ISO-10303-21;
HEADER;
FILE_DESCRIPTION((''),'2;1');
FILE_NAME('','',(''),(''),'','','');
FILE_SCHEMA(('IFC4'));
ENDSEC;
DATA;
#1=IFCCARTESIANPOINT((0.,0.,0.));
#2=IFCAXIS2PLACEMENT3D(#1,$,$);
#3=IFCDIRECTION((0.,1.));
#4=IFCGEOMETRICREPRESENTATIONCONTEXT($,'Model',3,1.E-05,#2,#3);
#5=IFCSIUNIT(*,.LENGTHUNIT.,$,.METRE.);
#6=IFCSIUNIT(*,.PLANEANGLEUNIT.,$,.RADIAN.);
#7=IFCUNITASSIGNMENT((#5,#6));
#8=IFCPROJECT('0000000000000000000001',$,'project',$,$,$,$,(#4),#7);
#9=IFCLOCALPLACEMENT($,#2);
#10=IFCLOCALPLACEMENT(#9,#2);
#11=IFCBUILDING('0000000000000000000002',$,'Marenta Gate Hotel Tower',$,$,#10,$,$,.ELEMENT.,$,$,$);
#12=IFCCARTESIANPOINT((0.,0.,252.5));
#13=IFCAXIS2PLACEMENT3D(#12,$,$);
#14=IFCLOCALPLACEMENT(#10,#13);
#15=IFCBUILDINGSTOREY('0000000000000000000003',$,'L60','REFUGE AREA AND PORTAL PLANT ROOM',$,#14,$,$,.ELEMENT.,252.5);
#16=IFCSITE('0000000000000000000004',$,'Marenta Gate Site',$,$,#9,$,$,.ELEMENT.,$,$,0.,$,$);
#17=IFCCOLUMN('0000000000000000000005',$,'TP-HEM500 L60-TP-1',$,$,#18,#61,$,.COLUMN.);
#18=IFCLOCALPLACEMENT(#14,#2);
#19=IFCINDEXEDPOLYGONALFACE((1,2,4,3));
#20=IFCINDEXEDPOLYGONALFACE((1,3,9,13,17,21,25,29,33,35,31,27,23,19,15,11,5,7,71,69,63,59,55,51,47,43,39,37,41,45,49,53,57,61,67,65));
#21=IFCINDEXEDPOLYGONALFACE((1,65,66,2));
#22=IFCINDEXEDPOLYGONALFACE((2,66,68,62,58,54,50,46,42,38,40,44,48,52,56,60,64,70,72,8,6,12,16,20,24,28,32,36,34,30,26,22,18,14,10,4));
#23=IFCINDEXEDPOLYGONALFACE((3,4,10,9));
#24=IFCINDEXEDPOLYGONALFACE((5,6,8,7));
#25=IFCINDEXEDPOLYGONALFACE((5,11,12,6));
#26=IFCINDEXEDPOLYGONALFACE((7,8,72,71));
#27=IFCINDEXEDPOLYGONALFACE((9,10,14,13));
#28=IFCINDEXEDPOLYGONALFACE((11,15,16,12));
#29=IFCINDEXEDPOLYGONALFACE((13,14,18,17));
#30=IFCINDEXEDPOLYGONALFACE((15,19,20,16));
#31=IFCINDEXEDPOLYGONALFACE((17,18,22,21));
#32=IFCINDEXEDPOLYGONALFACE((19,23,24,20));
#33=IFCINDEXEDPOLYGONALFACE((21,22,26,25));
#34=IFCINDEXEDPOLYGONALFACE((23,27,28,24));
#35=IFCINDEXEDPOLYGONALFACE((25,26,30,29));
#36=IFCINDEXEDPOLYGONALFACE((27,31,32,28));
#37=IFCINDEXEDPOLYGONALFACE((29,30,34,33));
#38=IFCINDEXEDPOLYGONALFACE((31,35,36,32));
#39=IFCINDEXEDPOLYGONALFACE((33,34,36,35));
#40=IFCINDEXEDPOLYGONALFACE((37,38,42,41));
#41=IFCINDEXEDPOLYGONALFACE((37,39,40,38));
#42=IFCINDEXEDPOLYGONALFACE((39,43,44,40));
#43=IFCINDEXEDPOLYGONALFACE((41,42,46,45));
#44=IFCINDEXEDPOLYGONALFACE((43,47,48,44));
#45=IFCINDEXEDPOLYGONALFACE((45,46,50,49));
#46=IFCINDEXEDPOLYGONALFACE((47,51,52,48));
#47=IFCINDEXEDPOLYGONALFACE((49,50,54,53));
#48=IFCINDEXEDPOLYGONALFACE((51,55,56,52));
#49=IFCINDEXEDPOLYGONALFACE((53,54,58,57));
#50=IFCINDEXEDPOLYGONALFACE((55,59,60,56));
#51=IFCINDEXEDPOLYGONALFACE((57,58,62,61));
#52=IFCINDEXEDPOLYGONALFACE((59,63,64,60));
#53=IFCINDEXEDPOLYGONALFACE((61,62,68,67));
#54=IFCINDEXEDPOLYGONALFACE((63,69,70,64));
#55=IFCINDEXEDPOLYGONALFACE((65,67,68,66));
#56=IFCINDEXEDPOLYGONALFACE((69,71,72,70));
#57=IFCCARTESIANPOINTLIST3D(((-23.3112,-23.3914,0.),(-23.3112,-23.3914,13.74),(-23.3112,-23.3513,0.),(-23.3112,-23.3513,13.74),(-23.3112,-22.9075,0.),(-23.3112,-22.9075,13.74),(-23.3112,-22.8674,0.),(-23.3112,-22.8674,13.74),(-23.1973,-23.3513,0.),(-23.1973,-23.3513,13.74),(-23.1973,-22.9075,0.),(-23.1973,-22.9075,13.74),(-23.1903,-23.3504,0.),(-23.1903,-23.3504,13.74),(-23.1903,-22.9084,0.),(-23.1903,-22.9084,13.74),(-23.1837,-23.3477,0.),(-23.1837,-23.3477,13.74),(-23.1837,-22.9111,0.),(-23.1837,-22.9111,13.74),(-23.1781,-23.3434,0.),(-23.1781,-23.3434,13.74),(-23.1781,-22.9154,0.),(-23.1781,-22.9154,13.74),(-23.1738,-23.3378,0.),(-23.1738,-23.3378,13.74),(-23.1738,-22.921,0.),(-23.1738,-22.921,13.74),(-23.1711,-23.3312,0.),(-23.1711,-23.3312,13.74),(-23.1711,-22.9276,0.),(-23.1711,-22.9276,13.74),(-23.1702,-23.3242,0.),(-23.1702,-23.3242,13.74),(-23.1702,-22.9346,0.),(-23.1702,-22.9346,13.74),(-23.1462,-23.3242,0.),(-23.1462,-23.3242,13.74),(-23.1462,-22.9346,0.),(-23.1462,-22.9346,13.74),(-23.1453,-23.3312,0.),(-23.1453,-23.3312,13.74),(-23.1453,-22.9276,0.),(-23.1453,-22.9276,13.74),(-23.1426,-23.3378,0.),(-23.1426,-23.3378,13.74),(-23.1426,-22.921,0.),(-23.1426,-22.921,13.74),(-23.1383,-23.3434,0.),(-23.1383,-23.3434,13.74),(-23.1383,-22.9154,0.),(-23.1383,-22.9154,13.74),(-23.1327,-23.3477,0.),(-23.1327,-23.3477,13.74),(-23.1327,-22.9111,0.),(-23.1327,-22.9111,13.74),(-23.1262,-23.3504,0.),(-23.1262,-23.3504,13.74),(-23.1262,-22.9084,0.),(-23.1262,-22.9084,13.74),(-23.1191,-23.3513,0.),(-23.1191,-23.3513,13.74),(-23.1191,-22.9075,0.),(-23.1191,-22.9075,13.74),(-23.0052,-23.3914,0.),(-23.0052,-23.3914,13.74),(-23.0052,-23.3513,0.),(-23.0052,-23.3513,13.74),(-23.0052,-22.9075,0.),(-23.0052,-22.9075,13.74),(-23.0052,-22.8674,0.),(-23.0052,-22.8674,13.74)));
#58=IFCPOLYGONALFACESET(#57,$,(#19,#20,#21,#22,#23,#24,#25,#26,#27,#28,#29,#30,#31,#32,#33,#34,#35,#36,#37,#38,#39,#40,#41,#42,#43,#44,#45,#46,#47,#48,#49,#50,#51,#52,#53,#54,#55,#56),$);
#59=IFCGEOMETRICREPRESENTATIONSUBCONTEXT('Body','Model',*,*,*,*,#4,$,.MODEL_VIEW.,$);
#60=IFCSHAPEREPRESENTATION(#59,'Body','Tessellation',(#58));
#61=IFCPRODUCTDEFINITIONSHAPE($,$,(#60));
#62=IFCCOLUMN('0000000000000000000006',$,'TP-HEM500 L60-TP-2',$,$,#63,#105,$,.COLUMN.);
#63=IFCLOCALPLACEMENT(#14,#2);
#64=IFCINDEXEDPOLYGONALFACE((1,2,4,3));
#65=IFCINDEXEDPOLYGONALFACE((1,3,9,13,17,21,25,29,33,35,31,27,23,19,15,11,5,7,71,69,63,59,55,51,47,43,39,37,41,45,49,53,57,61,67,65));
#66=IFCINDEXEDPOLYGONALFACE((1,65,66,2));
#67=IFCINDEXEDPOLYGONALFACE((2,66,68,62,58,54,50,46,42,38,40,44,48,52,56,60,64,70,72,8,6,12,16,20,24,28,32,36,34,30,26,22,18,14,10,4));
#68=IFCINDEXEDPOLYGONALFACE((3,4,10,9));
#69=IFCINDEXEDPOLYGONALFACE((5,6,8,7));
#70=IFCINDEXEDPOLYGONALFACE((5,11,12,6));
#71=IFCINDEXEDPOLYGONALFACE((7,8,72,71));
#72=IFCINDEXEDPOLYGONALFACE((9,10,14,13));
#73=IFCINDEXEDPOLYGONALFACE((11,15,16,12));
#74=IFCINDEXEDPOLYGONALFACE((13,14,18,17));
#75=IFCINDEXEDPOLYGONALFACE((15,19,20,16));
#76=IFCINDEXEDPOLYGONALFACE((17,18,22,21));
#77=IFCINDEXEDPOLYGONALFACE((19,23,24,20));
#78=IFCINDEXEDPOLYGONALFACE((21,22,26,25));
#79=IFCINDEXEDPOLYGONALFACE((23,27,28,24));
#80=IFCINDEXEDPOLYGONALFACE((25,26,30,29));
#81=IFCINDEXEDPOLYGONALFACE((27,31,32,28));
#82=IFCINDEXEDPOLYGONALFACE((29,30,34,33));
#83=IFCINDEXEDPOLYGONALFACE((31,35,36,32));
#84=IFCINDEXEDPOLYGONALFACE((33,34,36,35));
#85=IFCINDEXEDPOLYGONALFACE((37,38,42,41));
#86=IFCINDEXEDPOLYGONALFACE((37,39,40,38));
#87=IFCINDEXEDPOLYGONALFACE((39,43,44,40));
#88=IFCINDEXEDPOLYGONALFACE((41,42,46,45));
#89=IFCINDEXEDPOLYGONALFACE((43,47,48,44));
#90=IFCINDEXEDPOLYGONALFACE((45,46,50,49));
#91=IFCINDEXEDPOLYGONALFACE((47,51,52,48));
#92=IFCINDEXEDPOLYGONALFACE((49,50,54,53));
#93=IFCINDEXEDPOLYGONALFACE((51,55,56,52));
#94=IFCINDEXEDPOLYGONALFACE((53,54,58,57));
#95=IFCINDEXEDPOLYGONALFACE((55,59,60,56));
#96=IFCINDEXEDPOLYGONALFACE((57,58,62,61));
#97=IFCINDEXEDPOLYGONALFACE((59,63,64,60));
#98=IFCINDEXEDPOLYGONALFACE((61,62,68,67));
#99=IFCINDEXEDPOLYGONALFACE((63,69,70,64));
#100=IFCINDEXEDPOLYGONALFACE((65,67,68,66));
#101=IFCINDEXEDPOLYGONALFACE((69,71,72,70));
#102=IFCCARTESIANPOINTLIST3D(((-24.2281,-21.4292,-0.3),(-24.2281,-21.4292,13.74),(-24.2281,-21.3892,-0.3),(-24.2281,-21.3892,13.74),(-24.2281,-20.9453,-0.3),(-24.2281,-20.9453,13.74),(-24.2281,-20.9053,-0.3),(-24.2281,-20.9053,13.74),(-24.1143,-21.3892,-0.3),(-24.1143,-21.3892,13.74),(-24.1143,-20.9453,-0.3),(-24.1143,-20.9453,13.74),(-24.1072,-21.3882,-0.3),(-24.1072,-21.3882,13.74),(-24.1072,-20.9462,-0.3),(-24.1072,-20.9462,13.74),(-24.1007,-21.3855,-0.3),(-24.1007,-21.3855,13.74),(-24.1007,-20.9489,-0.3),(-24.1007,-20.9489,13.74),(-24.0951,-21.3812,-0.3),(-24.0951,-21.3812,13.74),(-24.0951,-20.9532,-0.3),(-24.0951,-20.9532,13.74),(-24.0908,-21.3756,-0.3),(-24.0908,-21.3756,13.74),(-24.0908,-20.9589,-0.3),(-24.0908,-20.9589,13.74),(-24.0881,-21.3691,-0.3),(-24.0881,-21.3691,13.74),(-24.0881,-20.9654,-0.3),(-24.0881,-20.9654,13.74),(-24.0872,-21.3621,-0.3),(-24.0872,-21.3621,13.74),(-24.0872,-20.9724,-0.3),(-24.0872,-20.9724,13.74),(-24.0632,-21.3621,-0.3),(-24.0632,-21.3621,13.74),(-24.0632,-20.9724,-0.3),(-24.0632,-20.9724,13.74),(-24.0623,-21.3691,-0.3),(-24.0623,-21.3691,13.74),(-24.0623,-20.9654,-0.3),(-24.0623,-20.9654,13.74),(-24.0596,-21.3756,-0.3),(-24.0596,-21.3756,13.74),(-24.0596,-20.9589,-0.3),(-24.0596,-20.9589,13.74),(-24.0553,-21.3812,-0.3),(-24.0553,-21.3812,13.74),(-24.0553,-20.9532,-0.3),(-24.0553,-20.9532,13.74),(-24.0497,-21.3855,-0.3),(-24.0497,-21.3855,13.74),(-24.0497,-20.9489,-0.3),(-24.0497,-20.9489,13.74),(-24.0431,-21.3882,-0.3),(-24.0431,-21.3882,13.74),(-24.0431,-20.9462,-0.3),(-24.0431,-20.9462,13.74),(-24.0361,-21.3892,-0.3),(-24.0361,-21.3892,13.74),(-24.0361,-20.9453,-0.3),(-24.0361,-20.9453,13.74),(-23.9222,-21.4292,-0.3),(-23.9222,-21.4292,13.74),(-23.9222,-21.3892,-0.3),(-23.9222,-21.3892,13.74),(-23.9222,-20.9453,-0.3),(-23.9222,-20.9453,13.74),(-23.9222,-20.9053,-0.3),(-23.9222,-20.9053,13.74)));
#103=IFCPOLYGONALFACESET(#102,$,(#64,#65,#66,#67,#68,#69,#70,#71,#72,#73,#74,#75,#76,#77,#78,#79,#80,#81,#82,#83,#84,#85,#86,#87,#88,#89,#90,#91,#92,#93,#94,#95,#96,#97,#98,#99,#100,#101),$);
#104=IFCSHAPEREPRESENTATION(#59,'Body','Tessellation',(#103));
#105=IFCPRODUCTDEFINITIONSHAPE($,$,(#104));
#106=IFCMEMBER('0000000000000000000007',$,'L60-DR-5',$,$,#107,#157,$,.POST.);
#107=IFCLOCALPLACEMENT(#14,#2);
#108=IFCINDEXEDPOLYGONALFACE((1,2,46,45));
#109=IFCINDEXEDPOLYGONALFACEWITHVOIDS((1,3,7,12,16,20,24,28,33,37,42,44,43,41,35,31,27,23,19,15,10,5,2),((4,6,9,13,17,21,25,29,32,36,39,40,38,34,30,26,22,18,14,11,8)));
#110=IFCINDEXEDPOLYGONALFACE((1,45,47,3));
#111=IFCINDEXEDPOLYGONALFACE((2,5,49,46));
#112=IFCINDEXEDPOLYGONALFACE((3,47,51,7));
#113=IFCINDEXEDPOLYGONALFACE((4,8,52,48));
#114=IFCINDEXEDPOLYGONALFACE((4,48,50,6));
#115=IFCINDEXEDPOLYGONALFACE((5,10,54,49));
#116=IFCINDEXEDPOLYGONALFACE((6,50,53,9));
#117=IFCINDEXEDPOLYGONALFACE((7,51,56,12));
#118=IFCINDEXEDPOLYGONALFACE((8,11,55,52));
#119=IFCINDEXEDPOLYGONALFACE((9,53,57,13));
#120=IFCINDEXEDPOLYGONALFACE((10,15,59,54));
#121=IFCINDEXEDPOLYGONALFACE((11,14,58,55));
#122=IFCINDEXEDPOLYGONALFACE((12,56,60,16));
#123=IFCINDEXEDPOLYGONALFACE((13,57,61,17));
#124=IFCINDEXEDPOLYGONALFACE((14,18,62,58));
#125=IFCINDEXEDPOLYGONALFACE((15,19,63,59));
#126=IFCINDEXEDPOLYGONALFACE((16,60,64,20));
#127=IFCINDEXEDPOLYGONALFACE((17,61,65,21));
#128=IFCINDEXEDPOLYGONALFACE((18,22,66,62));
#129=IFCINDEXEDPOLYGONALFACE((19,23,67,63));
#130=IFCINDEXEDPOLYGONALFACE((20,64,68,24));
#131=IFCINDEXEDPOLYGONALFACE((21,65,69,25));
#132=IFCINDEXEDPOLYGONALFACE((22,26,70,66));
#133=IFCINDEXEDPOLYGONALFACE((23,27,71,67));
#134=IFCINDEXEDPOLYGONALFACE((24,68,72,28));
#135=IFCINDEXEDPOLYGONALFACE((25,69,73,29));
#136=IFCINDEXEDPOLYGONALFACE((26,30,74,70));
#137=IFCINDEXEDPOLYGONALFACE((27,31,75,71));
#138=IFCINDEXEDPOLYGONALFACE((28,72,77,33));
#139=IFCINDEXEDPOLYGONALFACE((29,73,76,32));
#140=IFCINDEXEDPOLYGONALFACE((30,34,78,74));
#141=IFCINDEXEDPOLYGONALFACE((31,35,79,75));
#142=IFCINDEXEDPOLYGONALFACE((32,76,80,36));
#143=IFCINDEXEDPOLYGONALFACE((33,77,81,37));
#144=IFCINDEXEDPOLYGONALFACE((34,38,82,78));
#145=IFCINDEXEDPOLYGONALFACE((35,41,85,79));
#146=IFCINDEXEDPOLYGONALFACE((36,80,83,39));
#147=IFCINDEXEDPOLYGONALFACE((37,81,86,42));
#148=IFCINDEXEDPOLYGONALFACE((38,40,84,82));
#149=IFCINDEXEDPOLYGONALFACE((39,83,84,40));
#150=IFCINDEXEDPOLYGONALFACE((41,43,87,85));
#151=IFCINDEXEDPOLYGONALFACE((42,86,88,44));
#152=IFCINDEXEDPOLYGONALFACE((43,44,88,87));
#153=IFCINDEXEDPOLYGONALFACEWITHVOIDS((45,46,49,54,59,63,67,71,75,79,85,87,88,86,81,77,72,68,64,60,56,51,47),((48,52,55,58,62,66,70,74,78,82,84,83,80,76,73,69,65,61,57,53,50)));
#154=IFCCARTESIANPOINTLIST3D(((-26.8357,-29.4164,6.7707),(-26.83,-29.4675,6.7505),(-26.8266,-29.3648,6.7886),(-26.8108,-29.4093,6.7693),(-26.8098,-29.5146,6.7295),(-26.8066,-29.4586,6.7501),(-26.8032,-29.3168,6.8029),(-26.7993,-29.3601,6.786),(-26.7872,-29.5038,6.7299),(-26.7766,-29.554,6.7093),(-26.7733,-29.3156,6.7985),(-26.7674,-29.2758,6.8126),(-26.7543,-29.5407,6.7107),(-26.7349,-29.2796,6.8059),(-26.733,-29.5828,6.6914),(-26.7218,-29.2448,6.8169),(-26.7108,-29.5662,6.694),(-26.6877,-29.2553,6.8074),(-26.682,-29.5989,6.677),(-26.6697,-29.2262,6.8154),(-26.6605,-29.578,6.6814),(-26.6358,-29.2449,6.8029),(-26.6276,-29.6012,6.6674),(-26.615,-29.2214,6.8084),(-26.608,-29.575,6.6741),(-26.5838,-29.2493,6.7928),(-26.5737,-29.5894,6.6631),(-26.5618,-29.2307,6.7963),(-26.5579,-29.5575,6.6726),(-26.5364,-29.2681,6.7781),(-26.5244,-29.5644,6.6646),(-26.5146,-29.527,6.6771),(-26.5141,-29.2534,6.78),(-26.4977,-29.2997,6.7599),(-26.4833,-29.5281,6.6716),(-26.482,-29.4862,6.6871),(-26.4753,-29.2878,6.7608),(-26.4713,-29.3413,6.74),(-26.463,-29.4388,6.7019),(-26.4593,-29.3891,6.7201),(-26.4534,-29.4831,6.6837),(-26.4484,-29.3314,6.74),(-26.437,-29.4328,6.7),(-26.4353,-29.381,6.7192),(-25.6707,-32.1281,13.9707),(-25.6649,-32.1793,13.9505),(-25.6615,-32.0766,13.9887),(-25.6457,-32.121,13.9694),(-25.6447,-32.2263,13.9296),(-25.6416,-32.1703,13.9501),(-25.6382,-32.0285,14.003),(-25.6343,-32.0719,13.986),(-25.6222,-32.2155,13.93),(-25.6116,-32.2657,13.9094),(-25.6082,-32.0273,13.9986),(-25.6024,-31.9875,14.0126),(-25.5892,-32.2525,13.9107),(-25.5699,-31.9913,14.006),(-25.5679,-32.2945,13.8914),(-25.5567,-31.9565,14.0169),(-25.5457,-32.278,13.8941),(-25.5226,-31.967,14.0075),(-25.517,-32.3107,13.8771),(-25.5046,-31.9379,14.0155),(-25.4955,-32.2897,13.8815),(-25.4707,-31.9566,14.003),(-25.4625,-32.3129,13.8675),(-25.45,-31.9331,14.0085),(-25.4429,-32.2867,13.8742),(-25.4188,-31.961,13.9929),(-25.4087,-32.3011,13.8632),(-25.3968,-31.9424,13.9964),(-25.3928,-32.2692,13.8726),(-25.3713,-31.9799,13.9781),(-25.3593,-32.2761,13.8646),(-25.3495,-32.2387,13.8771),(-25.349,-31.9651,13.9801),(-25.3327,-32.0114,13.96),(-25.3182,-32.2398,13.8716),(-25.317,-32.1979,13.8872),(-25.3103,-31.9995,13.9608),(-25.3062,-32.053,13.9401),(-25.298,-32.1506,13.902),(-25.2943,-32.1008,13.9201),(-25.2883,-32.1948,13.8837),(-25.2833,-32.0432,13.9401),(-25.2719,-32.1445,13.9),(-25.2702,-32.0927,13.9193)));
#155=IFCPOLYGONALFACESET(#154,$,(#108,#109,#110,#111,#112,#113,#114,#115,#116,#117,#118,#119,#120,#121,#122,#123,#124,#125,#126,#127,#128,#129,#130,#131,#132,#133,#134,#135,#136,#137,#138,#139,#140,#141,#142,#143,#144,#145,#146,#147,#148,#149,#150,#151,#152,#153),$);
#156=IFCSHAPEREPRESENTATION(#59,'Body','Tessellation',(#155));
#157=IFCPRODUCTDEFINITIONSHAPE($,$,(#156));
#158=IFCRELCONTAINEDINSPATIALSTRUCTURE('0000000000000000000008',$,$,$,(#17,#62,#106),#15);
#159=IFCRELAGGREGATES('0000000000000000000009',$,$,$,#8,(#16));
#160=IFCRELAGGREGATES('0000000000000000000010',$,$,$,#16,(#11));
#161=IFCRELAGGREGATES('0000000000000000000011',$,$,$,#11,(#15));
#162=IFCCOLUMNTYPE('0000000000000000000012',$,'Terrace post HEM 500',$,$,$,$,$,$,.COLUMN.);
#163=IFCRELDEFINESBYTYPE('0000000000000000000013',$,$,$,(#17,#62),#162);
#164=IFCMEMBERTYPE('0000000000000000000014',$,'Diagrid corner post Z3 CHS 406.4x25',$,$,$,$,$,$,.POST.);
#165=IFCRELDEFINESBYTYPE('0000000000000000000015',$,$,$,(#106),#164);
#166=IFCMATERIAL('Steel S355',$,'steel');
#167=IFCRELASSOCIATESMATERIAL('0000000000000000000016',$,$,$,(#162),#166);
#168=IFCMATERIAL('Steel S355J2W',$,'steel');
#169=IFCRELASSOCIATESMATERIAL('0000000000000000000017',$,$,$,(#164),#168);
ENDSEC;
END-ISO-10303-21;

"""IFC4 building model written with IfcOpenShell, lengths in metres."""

from ifc_helpers import new_model, si_unit, direction, frame, origin, origin_2d, place, context, subcontext, project, spatial, hollow_circle, i_section, extrude, material, material_profile, profile_set, type_object, element, save


model = new_model("IFC4")

# Units and contexts
model_context = context("Model", 3, precision=1e-05, world=origin(), true_north=direction((0.0, 1.0)))
body_context = subcontext(model_context, "Body", "Model", "MODEL_VIEW")
ifc_project = project(units=[si_unit("LENGTHUNIT", "METRE"), si_unit("PLANEANGLEUNIT", "RADIAN")], contexts=[model_context])

# Site, building, storey
site_placement = place(None, origin())
site = spatial("IfcSite", under=ifc_project, at=site_placement, Name="Marenta Gate Site", CompositionType="ELEMENT", RefElevation=0.0)
building_placement = place(site_placement, origin())
building = spatial("IfcBuilding", under=site, at=building_placement, Name="Marenta Gate Hotel Tower", CompositionType="ELEMENT")
storey_placement = place(building_placement, frame((0.0, 0.0, 252.5)))
storey = spatial("IfcBuildingStorey", under=building, at=storey_placement, Name="L60", Description="REFUGE AREA AND PORTAL PLANT ROOM", CompositionType="ELEMENT", Elevation=252.5)

# Columns
ifc_material_1 = material(Name="Steel S355", Category="steel")
ifc_material_profile_1 = material_profile(ifc_material_1, i_section(OverallWidth=0.3059, OverallDepth=0.5239, WebThickness=0.0239, FlangeThickness=0.04, FilletRadius=0.0271, at=origin_2d()), Name="HEM 500")
ifc_profile_set_1 = profile_set([ifc_material_profile_1], Name="Steel S355")
column_type = type_object("IfcColumnType", Name="Terrace post HEM 500", PredefinedType="COLUMN", material=ifc_profile_set_1)
column_1_placement = place(storey_placement, frame((-23.1582, -23.1294, 0.0), z_axis=(0.0, 0.0, 1.0), x_axis=(1.0, 0.0, 0.0)))
element("IfcColumn", 1, at=column_1_placement, inside=storey, type_object=column_type, Name="TP-HEM500 L60-TP-1", PredefinedType="COLUMN", context=body_context, shape_type="SweptSolid", body=[
    extrude(i_section(OverallWidth=0.3059, OverallDepth=0.5239, WebThickness=0.0239, FlangeThickness=0.04, FilletRadius=0.0271, at=origin_2d()), origin(), (0.0, 0.0, 1.0), 13.74),
])
column_2_placement = place(storey_placement, frame((-24.0752, -21.1672, -0.3), z_axis=(0.0, 0.0, 1.0), x_axis=(1.0, 0.0, 0.0)))
element("IfcColumn", 2, at=column_2_placement, inside=storey, type_object=column_type, Name="TP-HEM500 L60-TP-2", PredefinedType="COLUMN", context=body_context, shape_type="SweptSolid", body=[
    extrude(i_section(OverallWidth=0.3059, OverallDepth=0.5239, WebThickness=0.0239, FlangeThickness=0.04, FilletRadius=0.0271, at=origin_2d()), origin(), (0.0, 0.0, 1.0), 14.04),
])

# Member
ifc_material_2 = material(Name="Steel S355J2W", Category="steel")
ifc_material_profile_2 = material_profile(ifc_material_2, hollow_circle(Radius=0.2031, WallThickness=0.0249, at=origin_2d()), Name="CHS 406.4x25")
ifc_profile_set_2 = profile_set([ifc_material_profile_2], Name="Steel S355J2W")
member_type_1 = type_object("IfcMemberType", Name="Diagrid corner post Z3 CHS 406.4x25", PredefinedType="POST", material=ifc_profile_set_2)
member_1_placement = place(storey_placement, frame((-26.635, -29.4116, 6.74), z_axis=(0.149722, -0.348482, 0.92528), x_axis=(0.91879, 0.394748, 0.0)))
element("IfcMember", 3, at=member_1_placement, inside=storey, type_object=member_type_1, Name="L60-DR-5", PredefinedType="POST", context=body_context, shape_type="SweptSolid", body=[
    extrude(hollow_circle(Radius=0.2031, WallThickness=0.0249, at=origin_2d()), origin(), (0.0, 0.0, 1.0), 7.7815),
])

save(model, "model.ifc")
